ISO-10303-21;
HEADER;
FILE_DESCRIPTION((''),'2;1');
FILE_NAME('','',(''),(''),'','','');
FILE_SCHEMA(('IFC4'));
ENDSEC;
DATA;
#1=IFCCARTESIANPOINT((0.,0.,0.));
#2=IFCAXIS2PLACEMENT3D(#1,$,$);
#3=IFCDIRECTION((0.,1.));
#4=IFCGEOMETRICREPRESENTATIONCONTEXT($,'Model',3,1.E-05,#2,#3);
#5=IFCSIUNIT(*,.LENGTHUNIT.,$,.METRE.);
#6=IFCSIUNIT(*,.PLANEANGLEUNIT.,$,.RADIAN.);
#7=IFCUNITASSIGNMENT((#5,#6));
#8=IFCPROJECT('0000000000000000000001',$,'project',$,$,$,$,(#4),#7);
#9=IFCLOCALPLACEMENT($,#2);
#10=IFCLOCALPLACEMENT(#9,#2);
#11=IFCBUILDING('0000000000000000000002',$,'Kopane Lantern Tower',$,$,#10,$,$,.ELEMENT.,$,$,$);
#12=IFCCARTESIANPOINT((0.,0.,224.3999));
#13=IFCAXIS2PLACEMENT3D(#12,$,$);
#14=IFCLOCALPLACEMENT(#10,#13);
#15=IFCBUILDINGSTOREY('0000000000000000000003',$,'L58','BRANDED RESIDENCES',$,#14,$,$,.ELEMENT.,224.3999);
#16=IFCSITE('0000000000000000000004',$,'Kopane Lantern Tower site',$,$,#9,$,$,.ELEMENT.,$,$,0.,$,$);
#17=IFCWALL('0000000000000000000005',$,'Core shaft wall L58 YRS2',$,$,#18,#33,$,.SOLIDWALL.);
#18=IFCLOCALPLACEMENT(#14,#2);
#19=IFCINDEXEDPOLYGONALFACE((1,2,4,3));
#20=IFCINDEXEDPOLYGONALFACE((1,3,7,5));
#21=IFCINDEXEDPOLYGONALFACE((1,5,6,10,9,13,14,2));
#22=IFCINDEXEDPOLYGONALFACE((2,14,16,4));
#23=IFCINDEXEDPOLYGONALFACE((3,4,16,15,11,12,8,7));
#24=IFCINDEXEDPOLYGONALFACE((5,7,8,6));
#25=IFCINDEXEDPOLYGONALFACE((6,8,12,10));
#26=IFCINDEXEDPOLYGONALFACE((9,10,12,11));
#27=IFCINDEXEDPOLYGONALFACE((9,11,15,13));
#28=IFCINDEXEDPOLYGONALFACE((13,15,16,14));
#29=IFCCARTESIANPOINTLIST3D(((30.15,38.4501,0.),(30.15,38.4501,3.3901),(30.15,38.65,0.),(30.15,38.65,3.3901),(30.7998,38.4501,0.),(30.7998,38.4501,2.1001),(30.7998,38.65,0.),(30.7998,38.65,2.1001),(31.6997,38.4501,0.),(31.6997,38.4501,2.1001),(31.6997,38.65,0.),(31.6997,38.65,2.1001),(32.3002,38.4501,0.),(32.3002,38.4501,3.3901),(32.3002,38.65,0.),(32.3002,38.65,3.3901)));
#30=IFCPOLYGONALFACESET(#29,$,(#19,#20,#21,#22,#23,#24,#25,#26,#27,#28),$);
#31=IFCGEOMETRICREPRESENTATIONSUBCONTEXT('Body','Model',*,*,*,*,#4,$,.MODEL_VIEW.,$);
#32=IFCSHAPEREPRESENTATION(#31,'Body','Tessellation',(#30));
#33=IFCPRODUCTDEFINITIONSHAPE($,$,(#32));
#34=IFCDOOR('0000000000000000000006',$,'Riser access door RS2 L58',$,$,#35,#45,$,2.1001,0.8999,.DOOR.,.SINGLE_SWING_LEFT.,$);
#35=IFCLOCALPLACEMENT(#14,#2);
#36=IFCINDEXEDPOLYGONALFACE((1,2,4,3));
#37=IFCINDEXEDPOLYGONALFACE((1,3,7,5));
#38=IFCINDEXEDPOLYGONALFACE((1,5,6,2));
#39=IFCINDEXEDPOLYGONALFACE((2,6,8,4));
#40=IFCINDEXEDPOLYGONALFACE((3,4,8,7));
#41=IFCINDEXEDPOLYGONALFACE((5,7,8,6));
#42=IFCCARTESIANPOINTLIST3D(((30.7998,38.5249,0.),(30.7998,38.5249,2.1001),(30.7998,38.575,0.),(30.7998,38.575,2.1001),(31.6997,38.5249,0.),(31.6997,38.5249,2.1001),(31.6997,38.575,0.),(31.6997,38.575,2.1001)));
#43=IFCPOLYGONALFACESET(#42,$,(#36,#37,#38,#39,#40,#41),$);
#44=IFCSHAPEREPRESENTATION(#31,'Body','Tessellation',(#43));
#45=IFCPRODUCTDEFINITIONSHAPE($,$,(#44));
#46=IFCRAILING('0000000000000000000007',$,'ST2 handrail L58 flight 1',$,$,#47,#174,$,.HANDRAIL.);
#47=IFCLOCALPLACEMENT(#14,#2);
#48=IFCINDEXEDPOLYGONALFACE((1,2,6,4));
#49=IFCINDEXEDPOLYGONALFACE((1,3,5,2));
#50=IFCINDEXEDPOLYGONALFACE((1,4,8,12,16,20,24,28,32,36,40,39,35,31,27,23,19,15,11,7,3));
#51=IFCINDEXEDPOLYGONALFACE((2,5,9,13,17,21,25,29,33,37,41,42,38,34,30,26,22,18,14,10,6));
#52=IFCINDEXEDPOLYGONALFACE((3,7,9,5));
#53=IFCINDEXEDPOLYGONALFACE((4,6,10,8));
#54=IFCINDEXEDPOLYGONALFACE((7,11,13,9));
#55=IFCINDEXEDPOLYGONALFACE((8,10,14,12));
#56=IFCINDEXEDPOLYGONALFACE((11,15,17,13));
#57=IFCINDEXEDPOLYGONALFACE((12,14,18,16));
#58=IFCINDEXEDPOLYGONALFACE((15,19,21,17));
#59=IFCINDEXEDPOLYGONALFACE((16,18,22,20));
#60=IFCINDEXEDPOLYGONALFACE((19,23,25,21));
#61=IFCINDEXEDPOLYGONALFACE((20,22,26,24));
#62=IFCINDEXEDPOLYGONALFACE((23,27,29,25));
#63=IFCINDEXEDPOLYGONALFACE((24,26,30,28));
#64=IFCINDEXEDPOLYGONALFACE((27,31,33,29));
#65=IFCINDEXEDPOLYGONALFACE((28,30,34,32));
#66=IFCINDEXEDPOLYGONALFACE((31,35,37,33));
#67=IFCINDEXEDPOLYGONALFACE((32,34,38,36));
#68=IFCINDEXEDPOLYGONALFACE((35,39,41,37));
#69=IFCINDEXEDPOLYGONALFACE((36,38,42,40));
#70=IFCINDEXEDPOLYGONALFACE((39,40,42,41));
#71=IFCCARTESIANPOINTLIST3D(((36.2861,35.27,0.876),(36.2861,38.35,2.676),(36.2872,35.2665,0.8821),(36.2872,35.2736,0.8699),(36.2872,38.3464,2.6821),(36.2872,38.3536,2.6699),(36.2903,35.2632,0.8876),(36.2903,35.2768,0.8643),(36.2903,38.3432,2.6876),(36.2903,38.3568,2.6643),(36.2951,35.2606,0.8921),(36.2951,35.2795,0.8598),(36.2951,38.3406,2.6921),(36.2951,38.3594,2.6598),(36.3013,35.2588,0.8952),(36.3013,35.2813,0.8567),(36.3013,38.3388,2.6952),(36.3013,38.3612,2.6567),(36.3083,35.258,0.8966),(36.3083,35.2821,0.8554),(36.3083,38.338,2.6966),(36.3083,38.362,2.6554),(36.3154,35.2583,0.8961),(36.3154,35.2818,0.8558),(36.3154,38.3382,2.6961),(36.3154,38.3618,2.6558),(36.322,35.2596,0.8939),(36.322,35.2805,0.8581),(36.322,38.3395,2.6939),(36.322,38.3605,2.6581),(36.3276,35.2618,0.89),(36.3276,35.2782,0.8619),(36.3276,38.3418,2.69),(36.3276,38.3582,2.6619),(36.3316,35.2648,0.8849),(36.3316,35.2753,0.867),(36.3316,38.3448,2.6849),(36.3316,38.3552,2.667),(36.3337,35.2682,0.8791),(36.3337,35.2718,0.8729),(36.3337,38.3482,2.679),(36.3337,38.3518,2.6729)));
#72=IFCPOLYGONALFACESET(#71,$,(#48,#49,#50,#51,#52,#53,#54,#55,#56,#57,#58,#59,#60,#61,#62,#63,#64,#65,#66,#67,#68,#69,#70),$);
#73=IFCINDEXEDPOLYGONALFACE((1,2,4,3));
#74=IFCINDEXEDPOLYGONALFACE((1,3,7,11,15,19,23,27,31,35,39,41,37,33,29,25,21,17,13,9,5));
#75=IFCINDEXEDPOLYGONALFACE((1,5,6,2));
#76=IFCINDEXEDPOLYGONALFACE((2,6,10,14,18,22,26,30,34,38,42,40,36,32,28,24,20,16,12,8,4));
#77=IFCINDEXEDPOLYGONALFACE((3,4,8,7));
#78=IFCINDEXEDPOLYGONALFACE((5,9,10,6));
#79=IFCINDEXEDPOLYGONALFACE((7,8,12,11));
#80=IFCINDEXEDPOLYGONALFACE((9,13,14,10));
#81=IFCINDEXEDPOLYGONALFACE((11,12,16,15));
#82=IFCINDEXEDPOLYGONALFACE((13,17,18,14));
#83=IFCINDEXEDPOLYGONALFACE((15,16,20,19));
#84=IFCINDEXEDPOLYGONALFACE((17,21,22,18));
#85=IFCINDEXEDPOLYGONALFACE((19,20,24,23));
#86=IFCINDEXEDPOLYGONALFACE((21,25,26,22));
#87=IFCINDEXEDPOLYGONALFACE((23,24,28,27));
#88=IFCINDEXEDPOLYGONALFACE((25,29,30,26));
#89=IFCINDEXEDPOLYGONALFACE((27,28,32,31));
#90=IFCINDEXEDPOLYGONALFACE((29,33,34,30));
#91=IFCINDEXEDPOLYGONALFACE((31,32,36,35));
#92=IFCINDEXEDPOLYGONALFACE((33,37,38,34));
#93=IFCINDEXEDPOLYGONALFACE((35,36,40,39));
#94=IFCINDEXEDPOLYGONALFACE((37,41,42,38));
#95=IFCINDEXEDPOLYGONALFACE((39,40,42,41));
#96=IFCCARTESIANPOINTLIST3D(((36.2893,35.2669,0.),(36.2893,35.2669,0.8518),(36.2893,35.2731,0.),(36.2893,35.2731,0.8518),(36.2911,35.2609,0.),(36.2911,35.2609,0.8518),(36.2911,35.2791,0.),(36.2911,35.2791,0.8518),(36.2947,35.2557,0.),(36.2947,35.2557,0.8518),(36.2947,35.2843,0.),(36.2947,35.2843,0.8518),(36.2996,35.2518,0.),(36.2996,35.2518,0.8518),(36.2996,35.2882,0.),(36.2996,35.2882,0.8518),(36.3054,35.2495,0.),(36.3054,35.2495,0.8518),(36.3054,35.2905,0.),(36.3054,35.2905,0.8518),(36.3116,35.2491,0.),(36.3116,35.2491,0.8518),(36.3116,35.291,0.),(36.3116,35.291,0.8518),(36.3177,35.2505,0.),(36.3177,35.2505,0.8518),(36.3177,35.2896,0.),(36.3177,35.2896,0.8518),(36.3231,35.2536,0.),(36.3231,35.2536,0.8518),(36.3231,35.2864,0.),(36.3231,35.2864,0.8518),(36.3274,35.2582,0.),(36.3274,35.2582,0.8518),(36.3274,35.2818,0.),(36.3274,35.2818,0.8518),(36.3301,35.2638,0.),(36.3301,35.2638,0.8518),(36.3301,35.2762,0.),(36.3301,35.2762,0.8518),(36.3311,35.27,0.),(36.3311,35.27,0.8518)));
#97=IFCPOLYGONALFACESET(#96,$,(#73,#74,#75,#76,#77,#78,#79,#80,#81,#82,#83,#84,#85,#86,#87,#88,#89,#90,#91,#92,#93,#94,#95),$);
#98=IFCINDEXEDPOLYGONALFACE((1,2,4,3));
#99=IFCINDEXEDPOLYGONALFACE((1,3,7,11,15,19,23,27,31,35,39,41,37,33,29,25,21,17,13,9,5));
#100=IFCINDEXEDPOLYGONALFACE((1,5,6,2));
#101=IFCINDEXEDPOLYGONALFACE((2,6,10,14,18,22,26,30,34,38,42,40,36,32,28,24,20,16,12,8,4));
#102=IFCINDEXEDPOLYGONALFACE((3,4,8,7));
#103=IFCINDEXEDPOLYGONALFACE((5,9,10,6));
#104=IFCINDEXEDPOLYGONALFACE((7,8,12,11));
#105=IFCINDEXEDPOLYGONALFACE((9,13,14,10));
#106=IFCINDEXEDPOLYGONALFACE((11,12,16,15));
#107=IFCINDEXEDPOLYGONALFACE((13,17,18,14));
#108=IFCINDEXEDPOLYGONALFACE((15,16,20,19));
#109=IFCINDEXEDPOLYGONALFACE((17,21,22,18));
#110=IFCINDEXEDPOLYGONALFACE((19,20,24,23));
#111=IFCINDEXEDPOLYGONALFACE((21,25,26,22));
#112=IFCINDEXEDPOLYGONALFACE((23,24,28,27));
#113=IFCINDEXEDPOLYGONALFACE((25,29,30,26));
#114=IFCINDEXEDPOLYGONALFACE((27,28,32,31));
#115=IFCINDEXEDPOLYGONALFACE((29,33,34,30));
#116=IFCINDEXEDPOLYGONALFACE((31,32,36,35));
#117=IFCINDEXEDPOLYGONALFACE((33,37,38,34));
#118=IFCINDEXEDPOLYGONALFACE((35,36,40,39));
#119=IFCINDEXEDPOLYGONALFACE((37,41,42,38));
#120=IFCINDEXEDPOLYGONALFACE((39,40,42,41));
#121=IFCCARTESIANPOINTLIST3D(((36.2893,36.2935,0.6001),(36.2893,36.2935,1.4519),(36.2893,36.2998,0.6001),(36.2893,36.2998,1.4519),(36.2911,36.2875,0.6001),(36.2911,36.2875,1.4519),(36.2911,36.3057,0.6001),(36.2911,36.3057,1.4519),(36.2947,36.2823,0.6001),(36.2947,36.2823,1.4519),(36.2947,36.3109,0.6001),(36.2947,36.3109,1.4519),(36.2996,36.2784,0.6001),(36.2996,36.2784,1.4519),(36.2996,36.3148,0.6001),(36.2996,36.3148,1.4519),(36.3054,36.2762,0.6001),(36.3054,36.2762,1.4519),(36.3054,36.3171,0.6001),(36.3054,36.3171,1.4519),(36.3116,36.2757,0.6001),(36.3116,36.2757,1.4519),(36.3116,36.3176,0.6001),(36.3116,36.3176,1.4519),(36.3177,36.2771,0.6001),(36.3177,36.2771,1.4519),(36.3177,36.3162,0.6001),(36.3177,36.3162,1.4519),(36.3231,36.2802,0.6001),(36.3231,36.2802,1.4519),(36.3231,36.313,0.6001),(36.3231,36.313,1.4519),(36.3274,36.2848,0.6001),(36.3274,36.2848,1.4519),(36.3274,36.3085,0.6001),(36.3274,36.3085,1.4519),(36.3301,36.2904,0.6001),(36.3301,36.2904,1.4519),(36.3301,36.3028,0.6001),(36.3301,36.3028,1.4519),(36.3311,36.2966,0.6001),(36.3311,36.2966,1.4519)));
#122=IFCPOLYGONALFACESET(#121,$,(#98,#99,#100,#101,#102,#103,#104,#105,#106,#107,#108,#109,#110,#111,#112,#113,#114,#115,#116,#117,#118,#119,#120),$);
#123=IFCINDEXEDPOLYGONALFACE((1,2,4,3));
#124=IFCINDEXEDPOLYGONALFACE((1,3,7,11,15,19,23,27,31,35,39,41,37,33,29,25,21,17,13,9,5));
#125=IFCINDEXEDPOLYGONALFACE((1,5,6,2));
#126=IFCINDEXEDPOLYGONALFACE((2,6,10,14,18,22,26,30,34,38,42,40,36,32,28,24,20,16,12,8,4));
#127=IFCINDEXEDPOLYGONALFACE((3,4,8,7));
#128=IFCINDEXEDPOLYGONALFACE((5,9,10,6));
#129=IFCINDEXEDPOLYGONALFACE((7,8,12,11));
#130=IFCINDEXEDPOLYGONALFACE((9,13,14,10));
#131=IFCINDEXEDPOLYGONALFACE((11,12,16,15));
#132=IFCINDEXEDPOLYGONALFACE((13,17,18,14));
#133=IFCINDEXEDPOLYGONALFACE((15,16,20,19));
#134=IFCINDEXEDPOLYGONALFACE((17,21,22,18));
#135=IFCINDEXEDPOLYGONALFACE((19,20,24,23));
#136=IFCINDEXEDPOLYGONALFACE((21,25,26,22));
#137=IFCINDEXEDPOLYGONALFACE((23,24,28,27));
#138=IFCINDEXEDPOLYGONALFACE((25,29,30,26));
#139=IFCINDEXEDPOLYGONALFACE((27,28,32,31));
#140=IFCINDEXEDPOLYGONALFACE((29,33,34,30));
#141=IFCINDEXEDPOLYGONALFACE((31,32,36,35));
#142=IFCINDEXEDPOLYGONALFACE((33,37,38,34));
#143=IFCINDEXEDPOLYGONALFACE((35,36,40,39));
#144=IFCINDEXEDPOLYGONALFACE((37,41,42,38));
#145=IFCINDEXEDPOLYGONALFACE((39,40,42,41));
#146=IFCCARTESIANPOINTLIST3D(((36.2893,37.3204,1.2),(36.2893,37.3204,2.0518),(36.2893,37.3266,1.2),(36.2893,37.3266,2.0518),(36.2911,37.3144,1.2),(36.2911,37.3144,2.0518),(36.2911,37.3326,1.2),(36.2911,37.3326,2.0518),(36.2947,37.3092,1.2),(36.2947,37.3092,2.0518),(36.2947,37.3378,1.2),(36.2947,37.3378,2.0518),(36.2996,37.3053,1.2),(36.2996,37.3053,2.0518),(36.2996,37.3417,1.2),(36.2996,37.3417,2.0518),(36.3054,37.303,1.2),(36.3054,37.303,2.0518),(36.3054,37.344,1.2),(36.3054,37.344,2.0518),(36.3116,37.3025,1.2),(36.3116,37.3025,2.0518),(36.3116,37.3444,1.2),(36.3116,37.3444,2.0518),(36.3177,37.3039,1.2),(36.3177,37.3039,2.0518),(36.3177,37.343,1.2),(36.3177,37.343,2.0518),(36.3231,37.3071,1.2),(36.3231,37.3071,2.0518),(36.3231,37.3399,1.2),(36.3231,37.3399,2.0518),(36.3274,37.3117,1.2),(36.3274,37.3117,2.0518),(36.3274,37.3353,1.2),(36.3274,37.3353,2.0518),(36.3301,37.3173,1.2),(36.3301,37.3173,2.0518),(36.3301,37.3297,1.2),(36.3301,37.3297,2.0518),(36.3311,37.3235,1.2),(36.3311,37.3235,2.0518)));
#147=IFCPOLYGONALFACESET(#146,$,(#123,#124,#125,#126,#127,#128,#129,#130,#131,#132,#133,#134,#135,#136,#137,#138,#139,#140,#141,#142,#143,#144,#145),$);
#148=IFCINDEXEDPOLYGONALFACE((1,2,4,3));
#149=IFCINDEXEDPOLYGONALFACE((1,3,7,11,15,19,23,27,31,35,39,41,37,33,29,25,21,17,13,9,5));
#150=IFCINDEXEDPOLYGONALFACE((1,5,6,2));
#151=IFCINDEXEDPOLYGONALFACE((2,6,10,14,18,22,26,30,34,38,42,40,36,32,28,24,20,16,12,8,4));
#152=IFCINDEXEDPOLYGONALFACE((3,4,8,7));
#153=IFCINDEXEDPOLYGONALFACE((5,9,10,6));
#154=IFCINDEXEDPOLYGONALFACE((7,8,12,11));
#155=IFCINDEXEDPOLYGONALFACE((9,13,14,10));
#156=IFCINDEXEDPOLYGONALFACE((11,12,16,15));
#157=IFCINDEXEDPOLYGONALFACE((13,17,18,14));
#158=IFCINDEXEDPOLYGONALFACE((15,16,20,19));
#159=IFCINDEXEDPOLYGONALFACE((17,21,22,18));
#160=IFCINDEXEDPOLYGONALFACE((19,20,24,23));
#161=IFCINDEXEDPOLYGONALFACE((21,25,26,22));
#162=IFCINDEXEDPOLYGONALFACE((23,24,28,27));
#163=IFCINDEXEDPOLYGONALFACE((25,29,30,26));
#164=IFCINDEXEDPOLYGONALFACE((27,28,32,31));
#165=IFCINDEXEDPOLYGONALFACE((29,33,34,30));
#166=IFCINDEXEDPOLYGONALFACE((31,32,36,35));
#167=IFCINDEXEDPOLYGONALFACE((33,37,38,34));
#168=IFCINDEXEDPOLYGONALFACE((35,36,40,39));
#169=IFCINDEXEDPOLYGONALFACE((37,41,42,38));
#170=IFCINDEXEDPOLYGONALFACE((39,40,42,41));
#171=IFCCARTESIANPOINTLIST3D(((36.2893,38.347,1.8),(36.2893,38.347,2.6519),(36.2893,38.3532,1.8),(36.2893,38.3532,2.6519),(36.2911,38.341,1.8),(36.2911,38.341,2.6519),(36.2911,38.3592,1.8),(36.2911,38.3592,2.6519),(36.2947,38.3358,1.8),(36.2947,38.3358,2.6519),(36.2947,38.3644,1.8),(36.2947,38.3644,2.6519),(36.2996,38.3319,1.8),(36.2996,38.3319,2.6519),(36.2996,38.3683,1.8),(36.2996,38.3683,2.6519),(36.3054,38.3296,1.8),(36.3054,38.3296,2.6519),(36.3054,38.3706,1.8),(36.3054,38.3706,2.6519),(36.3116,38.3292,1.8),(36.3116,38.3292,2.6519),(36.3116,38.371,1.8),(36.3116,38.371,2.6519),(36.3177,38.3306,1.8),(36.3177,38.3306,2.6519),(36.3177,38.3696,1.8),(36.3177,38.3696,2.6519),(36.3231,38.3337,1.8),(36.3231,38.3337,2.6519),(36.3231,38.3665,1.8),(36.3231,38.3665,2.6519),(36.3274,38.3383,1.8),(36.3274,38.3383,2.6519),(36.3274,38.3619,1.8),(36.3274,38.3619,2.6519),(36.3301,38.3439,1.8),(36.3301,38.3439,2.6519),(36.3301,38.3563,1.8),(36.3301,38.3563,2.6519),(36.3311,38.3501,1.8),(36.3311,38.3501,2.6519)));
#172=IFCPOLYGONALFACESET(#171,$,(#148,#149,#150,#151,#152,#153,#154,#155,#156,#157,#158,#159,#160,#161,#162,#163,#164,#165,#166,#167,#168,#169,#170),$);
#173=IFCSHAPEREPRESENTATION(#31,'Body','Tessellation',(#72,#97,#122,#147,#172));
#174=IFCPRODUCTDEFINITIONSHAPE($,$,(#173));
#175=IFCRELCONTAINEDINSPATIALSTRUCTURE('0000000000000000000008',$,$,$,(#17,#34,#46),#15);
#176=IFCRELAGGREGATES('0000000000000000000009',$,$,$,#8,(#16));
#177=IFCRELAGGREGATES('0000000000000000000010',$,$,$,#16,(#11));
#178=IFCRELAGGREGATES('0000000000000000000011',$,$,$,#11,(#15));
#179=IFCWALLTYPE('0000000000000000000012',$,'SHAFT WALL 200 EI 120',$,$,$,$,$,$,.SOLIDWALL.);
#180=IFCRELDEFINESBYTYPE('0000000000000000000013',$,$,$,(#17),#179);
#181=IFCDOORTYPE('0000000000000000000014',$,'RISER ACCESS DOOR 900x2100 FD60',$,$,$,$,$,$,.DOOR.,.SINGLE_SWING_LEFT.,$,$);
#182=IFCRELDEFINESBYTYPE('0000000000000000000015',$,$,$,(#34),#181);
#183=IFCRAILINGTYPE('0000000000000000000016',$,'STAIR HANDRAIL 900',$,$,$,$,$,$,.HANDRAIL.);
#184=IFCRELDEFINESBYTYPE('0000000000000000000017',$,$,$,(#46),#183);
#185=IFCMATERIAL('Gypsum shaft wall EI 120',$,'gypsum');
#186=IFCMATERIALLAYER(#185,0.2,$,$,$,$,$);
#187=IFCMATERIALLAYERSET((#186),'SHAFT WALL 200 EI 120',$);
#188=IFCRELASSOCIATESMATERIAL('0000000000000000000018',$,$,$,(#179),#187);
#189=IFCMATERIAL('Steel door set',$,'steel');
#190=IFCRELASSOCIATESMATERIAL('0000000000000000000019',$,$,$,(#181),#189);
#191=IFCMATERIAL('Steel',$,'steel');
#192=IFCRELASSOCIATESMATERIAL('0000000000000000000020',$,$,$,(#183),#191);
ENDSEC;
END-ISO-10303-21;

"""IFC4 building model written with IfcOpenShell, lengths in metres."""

from ifc_helpers import new_model, si_unit, direction, frame, frame_2d, origin, origin_2d, place, context, subcontext, project, spatial, rectangle, circle, extrude, material, layer, layer_set, type_object, element, fill, save


model = new_model("IFC4")

# Units and contexts
model_context = context("Model", 3, precision=1e-05, world=origin(), true_north=direction((0.0, 1.0)))
body_context = subcontext(model_context, "Body", "Model", "MODEL_VIEW")
ifc_project = project(units=[si_unit("LENGTHUNIT", "METRE"), si_unit("PLANEANGLEUNIT", "RADIAN")], contexts=[model_context])

# Site, building, storey
site_placement = place(None, origin())
site = spatial("IfcSite", under=ifc_project, at=site_placement, Name="Kopane Lantern Tower site", CompositionType="ELEMENT", RefElevation=0.0)
building_placement = place(site_placement, origin())
building = spatial("IfcBuilding", under=site, at=building_placement, Name="Kopane Lantern Tower", CompositionType="ELEMENT")
storey_placement = place(building_placement, frame((0.0, 0.0, 224.3999)))
storey = spatial("IfcBuildingStorey", under=building, at=storey_placement, Name="L58", Description="BRANDED RESIDENCES", CompositionType="ELEMENT", Elevation=224.3999)

# Shared definitions
ifc_material_1 = material(Name="Gypsum shaft wall EI 120", Category="gypsum")
ifc_layer_1 = layer(ifc_material_1, 0.2)
ifc_layer_set_1 = layer_set([ifc_layer_1], Name="SHAFT WALL 200 EI 120")
wall_type_1 = type_object("IfcWallType", Name="SHAFT WALL 200 EI 120", PredefinedType="SOLIDWALL", material=ifc_layer_set_1)

# Wall, opening, door
wall_1_placement = place(storey_placement, frame((30.1499, 38.55, 0.0), z_axis=(0.0, 0.0, 1.0), x_axis=(1.0, 0.0, 0.0)))
wall_1 = element("IfcWall", 1, at=wall_1_placement, inside=storey, type_object=wall_type_1, Name="Core shaft wall L58 YRS2", PredefinedType="SOLIDWALL", context=body_context, shape_type="SweptSolid", body=[
    extrude(rectangle(XDim=2.1501, YDim=0.2, at=frame_2d((1.0752, 0.0))), origin(), (0.0, 0.0, 1.0), 3.3901),
])
opening_1_placement = place(wall_1_placement, frame((0.6499, 0.0, 0.0)))
opening_1 = element("IfcOpeningElement", 2, at=opening_1_placement, cuts=wall_1, PredefinedType="OPENING", context=body_context, shape_type="SweptSolid", body=[
    extrude(rectangle(XDim=0.8999, YDim=2.1001, at=frame_2d((0.45, 1.05))), frame((0.0, 0.1099, 0.0), z_axis=(0.0, -1.0, 0.0), x_axis=(1.0, 0.0, 0.0)), (0.0, 0.0, 1.0), 0.22),
])
ifc_material_2 = material(Name="Steel door set", Category="steel")
door_type_1 = type_object("IfcDoorType", Name="RISER ACCESS DOOR 900x2100 FD60", OperationType="SINGLE_SWING_LEFT", PredefinedType="DOOR", material=ifc_material_2)
door_1_placement = place(opening_1_placement, origin())
door_1 = element("IfcDoor", 3, at=door_1_placement, inside=storey, type_object=door_type_1, Name="Riser access door RS2 L58", OperationType="SINGLE_SWING_LEFT", OverallHeight=2.1001, OverallWidth=0.8999, PredefinedType="DOOR", context=body_context, shape_type="SweptSolid", body=[
    extrude(rectangle(XDim=0.8999, YDim=2.1001, at=frame_2d((0.45, 1.05))), frame((0.0, 0.0249, 0.0), z_axis=(0.0, -1.0, 0.0), x_axis=(1.0, 0.0, 0.0)), (0.0, 0.0, 1.0), 0.05),
])
fill(opening_1, door_1)

# Railing
ifc_material_3 = material(Name="Steel", Category="steel")
railing_type_1 = type_object("IfcRailingType", Name="STAIR HANDRAIL 900", PredefinedType="HANDRAIL", material=ifc_material_3)
for number, where, name in (
    (4, (36.3101, 35.27, 0.0), "ST2 handrail L58 flight 1"),
):
    element("IfcRailing", number, at=place(storey_placement, frame(where)), inside=storey, type_object=railing_type_1, Name=name, PredefinedType="HANDRAIL", context=body_context, shape_type="SweptSolid", body=[
        extrude(circle(Radius=0.0239, at=origin_2d()), frame((0.0, 0.0, 0.876), z_axis=(0.0, 0.863372, 0.504569), x_axis=(-1.0, 0.0, 0.0)), (0.0, 0.0, 1.0), 3.5674),
        extrude(circle(Radius=0.021, at=origin_2d()), origin(), (0.0, 0.0, 1.0), 0.8518),
        extrude(circle(Radius=0.021, at=origin_2d()), frame((0.0, 1.0266, 0.6001)), (0.0, 0.0, 1.0), 0.8518),
        extrude(circle(Radius=0.021, at=origin_2d()), frame((0.0, 2.0535, 1.2)), (0.0, 0.0, 1.0), 0.8518),
        extrude(circle(Radius=0.021, at=origin_2d()), frame((0.0, 3.0801, 1.8)), (0.0, 0.0, 1.0), 0.8518),
    ])

save(model, "model.ifc")
